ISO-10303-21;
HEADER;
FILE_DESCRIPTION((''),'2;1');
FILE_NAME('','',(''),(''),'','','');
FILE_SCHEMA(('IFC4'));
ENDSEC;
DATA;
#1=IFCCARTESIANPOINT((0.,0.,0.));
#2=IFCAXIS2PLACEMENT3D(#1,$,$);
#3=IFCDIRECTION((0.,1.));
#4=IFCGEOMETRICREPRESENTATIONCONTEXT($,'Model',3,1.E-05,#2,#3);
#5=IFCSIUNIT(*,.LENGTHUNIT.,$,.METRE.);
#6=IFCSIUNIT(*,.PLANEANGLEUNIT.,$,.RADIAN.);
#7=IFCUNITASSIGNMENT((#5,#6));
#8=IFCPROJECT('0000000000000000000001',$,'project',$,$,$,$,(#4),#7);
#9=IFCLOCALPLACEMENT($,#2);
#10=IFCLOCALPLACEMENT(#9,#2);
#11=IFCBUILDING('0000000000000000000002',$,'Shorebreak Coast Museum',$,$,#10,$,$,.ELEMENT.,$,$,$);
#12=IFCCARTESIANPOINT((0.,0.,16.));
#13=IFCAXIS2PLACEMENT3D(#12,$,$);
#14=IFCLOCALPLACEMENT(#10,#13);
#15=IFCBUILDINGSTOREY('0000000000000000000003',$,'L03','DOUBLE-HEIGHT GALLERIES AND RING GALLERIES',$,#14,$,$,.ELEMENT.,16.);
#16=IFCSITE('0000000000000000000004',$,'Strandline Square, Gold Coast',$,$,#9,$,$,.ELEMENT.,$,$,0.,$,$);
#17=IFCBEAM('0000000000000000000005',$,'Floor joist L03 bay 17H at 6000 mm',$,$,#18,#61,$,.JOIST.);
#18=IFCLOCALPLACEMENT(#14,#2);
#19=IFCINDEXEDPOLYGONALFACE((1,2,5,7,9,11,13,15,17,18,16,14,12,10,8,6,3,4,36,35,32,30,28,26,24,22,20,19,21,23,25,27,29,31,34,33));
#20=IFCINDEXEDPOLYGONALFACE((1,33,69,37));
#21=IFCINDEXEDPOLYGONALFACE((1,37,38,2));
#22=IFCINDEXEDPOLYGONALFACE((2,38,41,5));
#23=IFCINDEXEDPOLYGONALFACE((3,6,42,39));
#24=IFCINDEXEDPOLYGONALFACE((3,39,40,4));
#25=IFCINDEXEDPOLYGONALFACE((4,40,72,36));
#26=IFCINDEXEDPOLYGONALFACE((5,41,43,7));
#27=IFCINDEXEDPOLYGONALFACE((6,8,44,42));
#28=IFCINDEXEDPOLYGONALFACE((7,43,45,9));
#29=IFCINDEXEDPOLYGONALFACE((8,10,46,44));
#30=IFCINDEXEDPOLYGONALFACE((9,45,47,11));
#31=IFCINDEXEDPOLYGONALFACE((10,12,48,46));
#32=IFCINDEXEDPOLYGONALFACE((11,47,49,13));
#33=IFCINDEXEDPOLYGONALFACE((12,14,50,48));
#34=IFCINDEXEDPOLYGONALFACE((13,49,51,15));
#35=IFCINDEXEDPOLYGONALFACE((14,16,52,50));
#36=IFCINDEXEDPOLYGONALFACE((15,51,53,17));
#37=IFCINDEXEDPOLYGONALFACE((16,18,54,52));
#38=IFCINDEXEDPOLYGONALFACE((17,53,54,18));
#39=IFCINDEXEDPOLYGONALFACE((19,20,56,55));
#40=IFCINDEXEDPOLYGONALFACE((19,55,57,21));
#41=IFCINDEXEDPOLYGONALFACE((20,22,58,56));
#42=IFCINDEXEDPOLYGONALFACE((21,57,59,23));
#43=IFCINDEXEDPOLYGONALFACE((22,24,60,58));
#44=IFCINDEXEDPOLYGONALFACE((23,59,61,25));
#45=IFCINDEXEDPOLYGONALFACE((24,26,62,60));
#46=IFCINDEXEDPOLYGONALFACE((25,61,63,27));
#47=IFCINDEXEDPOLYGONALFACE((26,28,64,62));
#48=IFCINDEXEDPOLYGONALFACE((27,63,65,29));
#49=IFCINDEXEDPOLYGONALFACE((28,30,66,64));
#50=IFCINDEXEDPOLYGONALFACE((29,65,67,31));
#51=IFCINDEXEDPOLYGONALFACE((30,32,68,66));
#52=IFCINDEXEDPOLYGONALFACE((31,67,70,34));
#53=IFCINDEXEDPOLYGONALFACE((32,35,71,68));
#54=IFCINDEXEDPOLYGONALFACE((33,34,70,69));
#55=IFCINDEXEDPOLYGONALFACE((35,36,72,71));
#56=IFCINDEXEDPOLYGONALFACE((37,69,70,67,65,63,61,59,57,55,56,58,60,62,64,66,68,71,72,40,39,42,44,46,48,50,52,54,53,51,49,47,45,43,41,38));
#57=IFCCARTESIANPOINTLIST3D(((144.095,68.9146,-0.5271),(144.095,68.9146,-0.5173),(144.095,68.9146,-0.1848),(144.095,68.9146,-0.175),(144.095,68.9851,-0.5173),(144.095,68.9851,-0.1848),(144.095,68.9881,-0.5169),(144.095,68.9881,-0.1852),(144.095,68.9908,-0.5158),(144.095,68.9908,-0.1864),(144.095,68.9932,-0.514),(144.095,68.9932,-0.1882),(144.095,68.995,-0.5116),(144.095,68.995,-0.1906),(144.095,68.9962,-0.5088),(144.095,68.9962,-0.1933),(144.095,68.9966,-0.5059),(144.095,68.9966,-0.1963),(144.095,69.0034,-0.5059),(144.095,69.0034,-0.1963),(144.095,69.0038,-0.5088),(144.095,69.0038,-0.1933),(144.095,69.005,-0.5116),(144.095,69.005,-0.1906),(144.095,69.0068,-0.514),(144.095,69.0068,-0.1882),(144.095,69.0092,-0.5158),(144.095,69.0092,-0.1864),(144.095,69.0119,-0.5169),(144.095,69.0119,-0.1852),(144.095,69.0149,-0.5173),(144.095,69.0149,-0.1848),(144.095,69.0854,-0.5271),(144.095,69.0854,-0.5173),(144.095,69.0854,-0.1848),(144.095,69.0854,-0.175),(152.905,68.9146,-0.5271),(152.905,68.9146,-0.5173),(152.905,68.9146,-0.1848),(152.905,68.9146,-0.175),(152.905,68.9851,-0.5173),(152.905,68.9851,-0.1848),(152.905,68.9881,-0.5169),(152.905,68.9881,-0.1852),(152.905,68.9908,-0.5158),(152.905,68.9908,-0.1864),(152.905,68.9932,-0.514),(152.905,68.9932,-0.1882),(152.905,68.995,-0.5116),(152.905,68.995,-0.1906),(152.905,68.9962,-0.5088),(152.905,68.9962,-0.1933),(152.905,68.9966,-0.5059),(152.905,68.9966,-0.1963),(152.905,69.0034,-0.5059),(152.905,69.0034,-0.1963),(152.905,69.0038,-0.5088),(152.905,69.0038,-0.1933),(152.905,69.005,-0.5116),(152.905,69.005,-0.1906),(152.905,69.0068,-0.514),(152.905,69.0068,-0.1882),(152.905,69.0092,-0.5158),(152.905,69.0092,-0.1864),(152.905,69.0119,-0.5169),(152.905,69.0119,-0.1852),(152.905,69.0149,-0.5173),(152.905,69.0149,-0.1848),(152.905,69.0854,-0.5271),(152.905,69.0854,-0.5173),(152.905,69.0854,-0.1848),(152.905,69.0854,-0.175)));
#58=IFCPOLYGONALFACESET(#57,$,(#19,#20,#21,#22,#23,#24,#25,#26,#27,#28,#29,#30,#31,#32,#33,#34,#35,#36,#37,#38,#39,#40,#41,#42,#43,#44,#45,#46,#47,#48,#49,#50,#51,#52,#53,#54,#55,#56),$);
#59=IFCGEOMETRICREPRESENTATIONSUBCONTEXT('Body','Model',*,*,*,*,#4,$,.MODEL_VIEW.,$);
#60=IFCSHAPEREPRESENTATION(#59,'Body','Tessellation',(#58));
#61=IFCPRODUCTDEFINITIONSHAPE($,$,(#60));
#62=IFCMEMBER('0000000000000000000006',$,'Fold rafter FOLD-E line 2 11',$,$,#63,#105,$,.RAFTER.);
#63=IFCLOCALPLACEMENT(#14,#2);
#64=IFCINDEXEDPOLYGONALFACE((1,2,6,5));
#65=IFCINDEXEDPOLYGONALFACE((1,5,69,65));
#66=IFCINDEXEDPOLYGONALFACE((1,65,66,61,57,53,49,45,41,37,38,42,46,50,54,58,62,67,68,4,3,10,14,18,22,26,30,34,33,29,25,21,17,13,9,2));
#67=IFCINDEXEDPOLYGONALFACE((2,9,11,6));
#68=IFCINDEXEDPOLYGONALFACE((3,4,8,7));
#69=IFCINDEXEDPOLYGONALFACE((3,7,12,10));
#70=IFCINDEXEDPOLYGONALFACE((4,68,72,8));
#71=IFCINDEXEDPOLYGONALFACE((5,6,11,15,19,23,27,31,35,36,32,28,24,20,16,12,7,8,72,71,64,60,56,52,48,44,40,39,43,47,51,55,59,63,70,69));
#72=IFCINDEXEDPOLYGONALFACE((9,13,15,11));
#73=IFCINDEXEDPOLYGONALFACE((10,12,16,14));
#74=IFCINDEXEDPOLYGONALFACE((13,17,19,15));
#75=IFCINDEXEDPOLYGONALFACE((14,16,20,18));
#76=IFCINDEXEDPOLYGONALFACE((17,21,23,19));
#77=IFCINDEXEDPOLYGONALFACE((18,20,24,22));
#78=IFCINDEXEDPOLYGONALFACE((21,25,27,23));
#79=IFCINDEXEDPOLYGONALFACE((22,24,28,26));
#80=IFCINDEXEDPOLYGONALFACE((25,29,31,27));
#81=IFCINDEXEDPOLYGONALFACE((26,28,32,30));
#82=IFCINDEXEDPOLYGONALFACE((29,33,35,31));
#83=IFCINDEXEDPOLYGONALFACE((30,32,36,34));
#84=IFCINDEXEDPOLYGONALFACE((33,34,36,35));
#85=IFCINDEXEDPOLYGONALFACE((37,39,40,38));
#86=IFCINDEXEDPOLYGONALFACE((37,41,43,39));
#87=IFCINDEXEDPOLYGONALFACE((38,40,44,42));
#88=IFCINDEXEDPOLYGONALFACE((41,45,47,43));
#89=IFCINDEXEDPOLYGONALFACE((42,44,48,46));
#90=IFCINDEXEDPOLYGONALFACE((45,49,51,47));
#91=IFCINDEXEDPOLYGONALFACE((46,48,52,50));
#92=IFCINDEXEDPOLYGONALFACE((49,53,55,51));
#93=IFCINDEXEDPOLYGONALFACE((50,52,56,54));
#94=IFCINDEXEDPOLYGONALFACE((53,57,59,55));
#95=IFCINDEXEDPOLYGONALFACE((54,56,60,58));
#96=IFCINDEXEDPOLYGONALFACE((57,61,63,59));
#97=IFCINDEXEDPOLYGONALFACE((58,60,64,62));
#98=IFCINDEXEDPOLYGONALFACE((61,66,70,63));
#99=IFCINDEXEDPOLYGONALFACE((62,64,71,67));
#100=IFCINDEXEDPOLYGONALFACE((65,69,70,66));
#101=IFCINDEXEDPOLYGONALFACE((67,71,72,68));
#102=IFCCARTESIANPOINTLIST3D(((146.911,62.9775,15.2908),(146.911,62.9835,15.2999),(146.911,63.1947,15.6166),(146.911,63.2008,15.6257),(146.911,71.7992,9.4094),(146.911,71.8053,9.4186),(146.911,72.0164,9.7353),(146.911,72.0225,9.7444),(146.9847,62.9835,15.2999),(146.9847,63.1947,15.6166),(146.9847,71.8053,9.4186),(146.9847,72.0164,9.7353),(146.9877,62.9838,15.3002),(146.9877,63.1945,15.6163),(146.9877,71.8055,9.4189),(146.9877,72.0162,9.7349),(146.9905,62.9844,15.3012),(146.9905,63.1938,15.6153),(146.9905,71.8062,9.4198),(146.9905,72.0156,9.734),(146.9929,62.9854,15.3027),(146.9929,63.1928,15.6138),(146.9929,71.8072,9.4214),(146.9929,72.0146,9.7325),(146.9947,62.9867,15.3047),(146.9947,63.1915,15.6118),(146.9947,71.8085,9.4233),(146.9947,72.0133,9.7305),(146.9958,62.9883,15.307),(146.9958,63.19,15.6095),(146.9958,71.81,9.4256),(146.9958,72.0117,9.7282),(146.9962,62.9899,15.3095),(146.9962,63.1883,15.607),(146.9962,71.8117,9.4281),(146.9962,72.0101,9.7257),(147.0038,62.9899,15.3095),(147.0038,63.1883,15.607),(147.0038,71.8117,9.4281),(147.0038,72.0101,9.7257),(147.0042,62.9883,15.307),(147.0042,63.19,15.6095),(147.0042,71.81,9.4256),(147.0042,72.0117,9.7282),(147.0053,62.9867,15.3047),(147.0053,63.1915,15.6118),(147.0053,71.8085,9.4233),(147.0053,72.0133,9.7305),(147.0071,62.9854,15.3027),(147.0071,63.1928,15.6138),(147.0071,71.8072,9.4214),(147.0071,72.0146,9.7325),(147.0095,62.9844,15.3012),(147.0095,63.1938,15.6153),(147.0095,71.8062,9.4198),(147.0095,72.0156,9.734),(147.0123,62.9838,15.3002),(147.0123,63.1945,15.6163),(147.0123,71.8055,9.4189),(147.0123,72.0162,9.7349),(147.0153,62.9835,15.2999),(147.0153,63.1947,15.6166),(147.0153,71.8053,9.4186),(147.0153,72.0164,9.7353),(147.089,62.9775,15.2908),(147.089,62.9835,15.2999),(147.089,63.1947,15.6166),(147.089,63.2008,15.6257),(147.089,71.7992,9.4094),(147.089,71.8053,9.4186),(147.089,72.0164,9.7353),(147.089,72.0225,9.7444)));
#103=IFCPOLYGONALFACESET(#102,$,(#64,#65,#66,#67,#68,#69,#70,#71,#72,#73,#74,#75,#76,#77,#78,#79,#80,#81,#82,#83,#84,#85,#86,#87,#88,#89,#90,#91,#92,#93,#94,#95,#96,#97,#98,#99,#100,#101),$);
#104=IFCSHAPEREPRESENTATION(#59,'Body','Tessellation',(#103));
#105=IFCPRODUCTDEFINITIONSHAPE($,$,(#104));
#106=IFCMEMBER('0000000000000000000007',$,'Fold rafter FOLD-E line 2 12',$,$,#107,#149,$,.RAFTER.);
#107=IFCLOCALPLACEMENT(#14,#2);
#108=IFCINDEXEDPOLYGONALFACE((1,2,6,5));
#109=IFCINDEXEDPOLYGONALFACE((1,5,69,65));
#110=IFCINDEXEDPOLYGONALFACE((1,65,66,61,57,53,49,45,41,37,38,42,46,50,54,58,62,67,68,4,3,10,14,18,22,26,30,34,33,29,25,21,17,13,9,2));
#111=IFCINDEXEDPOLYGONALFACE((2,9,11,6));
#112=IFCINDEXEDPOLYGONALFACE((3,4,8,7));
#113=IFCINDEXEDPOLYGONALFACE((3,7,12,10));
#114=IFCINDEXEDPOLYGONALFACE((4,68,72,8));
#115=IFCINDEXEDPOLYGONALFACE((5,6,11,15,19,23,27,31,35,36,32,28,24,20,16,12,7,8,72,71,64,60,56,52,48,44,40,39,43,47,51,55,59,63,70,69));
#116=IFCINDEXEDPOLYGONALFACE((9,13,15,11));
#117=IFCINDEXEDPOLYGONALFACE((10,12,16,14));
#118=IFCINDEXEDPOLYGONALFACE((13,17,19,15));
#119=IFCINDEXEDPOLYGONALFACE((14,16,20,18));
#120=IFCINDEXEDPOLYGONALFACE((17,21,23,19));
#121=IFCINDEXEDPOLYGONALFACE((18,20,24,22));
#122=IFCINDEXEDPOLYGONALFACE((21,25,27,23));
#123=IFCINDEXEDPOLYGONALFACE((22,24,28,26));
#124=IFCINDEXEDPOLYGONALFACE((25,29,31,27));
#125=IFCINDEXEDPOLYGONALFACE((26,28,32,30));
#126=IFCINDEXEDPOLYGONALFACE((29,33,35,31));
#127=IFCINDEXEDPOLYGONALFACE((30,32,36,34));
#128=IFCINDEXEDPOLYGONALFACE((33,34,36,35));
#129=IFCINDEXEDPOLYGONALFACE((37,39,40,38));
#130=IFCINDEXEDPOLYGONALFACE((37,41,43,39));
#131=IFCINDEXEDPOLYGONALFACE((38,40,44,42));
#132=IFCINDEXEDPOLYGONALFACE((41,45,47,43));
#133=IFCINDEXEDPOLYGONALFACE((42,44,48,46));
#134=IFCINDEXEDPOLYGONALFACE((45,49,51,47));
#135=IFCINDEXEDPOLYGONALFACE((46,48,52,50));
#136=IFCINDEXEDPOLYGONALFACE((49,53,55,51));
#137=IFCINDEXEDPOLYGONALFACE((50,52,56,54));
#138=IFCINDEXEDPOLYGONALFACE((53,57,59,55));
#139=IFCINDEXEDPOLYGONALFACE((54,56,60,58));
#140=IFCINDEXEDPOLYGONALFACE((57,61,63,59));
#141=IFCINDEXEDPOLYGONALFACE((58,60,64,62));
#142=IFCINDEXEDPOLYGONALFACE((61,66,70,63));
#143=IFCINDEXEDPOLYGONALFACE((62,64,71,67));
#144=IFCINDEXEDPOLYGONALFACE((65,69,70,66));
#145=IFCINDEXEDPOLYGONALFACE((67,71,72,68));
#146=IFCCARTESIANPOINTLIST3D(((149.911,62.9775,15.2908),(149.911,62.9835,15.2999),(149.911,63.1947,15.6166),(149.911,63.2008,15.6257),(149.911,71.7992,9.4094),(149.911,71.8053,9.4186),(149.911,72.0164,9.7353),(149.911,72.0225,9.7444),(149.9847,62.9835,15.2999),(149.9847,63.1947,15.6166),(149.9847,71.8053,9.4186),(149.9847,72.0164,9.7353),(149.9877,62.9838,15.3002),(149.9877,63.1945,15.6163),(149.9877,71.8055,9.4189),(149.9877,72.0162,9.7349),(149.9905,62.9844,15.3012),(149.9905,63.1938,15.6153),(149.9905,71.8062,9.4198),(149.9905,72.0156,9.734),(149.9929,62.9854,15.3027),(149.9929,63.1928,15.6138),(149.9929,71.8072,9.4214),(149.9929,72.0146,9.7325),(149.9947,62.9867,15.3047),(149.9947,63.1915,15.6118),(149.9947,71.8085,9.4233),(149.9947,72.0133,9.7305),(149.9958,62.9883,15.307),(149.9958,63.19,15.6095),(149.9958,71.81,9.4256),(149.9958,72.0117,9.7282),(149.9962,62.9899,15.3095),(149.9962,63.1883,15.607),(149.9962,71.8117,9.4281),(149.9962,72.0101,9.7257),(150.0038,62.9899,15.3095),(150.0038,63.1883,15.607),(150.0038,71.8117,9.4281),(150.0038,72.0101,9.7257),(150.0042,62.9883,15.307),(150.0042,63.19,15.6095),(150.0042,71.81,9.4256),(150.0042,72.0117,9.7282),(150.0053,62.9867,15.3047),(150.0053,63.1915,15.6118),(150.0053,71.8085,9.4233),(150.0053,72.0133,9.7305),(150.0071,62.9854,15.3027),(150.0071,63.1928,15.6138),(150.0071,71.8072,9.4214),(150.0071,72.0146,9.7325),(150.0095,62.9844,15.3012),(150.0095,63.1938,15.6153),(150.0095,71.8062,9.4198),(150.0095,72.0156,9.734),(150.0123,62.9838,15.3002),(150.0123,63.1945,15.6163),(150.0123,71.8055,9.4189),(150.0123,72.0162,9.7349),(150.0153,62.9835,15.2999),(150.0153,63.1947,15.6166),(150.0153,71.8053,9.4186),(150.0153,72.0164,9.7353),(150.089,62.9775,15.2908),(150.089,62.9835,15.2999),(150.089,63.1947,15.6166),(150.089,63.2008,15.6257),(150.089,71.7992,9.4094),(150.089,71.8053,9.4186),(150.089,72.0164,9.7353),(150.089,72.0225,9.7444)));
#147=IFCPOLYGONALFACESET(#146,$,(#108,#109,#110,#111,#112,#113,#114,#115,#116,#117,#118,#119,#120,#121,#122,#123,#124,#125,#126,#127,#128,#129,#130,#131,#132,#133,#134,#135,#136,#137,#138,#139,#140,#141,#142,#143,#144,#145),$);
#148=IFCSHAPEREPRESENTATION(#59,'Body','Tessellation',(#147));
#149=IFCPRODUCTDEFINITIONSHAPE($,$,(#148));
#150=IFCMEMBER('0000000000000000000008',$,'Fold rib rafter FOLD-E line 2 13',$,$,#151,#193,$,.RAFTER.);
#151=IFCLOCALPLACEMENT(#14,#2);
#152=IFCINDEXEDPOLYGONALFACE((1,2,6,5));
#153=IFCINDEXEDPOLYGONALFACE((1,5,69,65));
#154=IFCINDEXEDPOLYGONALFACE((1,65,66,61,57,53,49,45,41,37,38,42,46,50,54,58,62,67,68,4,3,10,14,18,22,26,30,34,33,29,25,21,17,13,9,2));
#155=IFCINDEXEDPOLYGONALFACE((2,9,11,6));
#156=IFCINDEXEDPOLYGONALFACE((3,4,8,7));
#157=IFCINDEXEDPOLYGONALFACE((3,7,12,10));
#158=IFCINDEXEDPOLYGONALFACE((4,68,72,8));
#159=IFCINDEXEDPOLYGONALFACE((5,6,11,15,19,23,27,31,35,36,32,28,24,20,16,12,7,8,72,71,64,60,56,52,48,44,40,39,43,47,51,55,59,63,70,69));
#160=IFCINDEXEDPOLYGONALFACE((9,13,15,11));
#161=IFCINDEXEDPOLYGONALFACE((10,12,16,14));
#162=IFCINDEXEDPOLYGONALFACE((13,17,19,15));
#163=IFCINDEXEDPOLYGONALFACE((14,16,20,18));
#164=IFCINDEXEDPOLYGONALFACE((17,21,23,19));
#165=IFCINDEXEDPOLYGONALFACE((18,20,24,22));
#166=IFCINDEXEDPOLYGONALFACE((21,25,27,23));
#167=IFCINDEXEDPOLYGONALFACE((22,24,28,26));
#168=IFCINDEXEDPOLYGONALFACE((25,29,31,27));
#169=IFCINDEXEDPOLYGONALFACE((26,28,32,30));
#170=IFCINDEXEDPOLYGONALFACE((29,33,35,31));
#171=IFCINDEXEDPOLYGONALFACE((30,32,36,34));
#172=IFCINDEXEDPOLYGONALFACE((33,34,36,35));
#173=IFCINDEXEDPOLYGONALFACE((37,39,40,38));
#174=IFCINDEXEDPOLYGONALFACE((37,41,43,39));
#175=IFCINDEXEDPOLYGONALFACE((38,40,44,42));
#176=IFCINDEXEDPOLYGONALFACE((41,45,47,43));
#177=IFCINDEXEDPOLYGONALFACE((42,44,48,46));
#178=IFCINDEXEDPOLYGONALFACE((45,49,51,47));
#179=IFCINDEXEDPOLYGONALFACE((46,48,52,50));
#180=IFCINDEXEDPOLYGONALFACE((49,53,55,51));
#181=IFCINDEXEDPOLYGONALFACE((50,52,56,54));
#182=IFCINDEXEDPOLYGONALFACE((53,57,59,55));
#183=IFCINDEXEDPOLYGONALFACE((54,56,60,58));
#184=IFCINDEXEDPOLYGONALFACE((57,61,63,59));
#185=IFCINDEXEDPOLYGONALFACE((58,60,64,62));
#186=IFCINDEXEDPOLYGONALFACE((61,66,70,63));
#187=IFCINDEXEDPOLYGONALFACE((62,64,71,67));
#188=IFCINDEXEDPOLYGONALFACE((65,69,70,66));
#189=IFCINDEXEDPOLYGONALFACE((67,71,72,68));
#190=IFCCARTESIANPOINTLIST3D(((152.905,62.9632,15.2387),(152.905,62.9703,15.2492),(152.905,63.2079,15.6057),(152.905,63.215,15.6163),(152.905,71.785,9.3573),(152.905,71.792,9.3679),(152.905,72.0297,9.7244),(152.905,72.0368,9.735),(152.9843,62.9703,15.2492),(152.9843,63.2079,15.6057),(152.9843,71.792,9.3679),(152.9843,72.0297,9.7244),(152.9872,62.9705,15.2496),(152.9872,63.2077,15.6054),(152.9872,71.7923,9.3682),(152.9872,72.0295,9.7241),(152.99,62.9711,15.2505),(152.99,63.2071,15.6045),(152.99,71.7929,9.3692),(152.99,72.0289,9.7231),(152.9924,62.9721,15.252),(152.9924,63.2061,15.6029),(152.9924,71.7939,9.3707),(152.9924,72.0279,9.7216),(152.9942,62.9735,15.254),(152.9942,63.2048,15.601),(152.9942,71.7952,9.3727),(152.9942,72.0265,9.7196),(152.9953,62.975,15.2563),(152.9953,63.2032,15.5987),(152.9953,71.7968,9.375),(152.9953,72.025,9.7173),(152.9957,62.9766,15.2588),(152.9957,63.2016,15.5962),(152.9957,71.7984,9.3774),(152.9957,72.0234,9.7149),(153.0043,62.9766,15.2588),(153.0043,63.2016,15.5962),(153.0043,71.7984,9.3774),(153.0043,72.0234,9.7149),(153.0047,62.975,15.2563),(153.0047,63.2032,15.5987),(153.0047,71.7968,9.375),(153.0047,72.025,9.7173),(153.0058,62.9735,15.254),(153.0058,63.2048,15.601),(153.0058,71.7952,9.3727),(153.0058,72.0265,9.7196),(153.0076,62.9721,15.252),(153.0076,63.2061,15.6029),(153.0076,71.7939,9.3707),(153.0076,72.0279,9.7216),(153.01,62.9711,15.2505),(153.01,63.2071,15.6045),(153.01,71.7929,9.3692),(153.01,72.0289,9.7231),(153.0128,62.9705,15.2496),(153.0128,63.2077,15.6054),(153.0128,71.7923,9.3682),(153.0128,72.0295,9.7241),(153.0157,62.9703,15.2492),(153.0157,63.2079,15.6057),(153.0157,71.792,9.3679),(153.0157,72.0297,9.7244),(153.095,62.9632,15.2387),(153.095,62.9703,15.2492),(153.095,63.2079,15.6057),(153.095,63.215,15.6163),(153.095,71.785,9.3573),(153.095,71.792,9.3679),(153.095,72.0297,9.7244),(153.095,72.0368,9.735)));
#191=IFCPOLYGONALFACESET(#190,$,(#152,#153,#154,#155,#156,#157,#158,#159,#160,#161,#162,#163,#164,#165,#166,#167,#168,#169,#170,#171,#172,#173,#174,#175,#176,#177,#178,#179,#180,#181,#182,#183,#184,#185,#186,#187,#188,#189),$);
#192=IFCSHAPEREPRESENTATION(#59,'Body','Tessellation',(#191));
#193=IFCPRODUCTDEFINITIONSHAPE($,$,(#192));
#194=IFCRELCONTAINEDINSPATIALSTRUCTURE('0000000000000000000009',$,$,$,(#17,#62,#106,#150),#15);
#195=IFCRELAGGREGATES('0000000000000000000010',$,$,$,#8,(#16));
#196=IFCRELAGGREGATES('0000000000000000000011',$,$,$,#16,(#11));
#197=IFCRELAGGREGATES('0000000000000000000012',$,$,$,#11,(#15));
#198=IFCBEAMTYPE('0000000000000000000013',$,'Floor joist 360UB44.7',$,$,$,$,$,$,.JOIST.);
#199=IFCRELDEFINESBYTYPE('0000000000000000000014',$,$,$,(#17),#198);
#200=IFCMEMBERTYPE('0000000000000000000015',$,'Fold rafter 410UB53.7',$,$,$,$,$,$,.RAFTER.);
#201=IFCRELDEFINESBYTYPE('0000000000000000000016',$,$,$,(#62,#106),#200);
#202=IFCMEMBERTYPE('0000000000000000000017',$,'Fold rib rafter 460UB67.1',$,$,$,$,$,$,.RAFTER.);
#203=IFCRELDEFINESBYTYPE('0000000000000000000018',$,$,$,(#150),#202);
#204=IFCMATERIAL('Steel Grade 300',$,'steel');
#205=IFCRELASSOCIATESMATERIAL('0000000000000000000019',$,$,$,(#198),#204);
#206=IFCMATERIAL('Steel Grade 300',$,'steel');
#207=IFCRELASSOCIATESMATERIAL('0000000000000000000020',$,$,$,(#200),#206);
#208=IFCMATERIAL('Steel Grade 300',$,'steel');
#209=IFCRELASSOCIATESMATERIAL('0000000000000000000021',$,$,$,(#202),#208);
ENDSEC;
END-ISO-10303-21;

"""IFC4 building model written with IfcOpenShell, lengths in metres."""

from ifc_helpers import new_model, si_unit, direction, frame, origin, origin_2d, place, context, subcontext, project, spatial, i_section, extrude, material, material_profile, profile_set, type_object, element, save


model = new_model("IFC4")

# Units and contexts
model_context = context("Model", 3, precision=1e-05, world=origin(), true_north=direction((0.0, 1.0)))
body_context = subcontext(model_context, "Body", "Model", "MODEL_VIEW")
ifc_project = project(units=[si_unit("LENGTHUNIT", "METRE"), si_unit("PLANEANGLEUNIT", "RADIAN")], contexts=[model_context])

# Site, building, storey
site_placement = place(None, origin())
site = spatial("IfcSite", under=ifc_project, at=site_placement, Name="Strandline Square, Gold Coast", CompositionType="ELEMENT", RefElevation=0.0)
building_placement = place(site_placement, origin())
building = spatial("IfcBuilding", under=site, at=building_placement, Name="Shorebreak Coast Museum", CompositionType="ELEMENT")
storey_placement = place(building_placement, frame((0.0, 0.0, 16.0)))
storey = spatial("IfcBuildingStorey", under=building, at=storey_placement, Name="L03", Description="DOUBLE-HEIGHT GALLERIES AND RING GALLERIES", CompositionType="ELEMENT", Elevation=16.0)

# Beam
ifc_material_1 = material(Name="Steel Grade 300", Category="steel")
ifc_material_profile_1 = material_profile(ifc_material_1, i_section(OverallWidth=0.1709, OverallDepth=0.3521, WebThickness=0.0068, FlangeThickness=0.0098, FilletRadius=0.0115, at=origin_2d()), Name="360UB44.7")
ifc_profile_set_1 = profile_set([ifc_material_profile_1], Name="Steel Grade 300")
beam_type_1 = type_object("IfcBeamType", Name="Floor joist 360UB44.7", PredefinedType="JOIST", material=ifc_profile_set_1)
for number, where, z_axis, x_axis, name in (
    (1, (144.095, 69.0, -0.3511), (1.0, 0.0, 0.0), (0.0, 1.0, 0.0), "Floor joist L03 bay 17H at 6000 mm"),
):
    element("IfcBeam", number, at=place(storey_placement, frame(where, z_axis=z_axis, x_axis=x_axis)), inside=storey, type_object=beam_type_1, Name=name, PredefinedType="JOIST", context=body_context, shape_type="SweptSolid", body=[
        extrude(i_section(OverallWidth=0.1709, OverallDepth=0.3521, WebThickness=0.0068, FlangeThickness=0.0098, FilletRadius=0.0115, at=origin_2d()), origin(), (0.0, 0.0, 1.0), 8.8101),
    ])

# Members
ifc_material_2 = material(Name="Steel Grade 300", Category="steel")
ifc_material_profile_2 = material_profile(ifc_material_2, i_section(OverallWidth=0.178, OverallDepth=0.4026, WebThickness=0.0076, FlangeThickness=0.011, FilletRadius=0.0115, at=origin_2d()), Name="410UB53.7")
ifc_profile_set_2 = profile_set([ifc_material_profile_2], Name="Steel Grade 300")
member_type_1 = type_object("IfcMemberType", Name="Fold rafter 410UB53.7", PredefinedType="RAFTER", material=ifc_profile_set_2)
for number, where, z_axis, x_axis, name in (
    (2, (147.0, 63.0891, 15.4583), (0.0, 0.832043, -0.554711), (-1.0, 0.0, 0.0), "Fold rafter FOLD-E line 2 11"),
    (3, (150.0, 63.0891, 15.4583), (0.0, 0.832043, -0.554711), (-1.0, 0.0, 0.0), "Fold rafter FOLD-E line 2 12"),
):
    element("IfcMember", number, at=place(storey_placement, frame(where, z_axis=z_axis, x_axis=x_axis)), inside=storey, type_object=member_type_1, Name=name, PredefinedType="RAFTER", context=body_context, shape_type="SweptSolid", body=[
        extrude(i_section(OverallWidth=0.178, OverallDepth=0.4026, WebThickness=0.0076, FlangeThickness=0.011, FilletRadius=0.0115, at=origin_2d()), origin(), (0.0, 0.0, 1.0), 10.6025),
    ])
ifc_material_3 = material(Name="Steel Grade 300", Category="steel")
ifc_material_profile_3 = material_profile(ifc_material_3, i_section(OverallWidth=0.1899, OverallDepth=0.4539, WebThickness=0.0085, FlangeThickness=0.0127, FilletRadius=0.0115, at=origin_2d()), Name="460UB67.1")
ifc_profile_set_3 = profile_set([ifc_material_profile_3], Name="Steel Grade 300")
member_type_2 = type_object("IfcMemberType", Name="Fold rib rafter 460UB67.1", PredefinedType="RAFTER", material=ifc_profile_set_3)
member_placement = place(storey_placement, frame((153.0, 63.0891, 15.4275), z_axis=(0.0, 0.832043, -0.554711), x_axis=(-1.0, 0.0, 0.0)))
element("IfcMember", 4, at=member_placement, inside=storey, type_object=member_type_2, Name="Fold rib rafter FOLD-E line 2 13", PredefinedType="RAFTER", context=body_context, shape_type="SweptSolid", body=[
    extrude(i_section(OverallWidth=0.1899, OverallDepth=0.4539, WebThickness=0.0085, FlangeThickness=0.0127, FilletRadius=0.0115, at=origin_2d()), origin(), (0.0, 0.0, 1.0), 10.6025),
])

save(model, "model.ifc")
